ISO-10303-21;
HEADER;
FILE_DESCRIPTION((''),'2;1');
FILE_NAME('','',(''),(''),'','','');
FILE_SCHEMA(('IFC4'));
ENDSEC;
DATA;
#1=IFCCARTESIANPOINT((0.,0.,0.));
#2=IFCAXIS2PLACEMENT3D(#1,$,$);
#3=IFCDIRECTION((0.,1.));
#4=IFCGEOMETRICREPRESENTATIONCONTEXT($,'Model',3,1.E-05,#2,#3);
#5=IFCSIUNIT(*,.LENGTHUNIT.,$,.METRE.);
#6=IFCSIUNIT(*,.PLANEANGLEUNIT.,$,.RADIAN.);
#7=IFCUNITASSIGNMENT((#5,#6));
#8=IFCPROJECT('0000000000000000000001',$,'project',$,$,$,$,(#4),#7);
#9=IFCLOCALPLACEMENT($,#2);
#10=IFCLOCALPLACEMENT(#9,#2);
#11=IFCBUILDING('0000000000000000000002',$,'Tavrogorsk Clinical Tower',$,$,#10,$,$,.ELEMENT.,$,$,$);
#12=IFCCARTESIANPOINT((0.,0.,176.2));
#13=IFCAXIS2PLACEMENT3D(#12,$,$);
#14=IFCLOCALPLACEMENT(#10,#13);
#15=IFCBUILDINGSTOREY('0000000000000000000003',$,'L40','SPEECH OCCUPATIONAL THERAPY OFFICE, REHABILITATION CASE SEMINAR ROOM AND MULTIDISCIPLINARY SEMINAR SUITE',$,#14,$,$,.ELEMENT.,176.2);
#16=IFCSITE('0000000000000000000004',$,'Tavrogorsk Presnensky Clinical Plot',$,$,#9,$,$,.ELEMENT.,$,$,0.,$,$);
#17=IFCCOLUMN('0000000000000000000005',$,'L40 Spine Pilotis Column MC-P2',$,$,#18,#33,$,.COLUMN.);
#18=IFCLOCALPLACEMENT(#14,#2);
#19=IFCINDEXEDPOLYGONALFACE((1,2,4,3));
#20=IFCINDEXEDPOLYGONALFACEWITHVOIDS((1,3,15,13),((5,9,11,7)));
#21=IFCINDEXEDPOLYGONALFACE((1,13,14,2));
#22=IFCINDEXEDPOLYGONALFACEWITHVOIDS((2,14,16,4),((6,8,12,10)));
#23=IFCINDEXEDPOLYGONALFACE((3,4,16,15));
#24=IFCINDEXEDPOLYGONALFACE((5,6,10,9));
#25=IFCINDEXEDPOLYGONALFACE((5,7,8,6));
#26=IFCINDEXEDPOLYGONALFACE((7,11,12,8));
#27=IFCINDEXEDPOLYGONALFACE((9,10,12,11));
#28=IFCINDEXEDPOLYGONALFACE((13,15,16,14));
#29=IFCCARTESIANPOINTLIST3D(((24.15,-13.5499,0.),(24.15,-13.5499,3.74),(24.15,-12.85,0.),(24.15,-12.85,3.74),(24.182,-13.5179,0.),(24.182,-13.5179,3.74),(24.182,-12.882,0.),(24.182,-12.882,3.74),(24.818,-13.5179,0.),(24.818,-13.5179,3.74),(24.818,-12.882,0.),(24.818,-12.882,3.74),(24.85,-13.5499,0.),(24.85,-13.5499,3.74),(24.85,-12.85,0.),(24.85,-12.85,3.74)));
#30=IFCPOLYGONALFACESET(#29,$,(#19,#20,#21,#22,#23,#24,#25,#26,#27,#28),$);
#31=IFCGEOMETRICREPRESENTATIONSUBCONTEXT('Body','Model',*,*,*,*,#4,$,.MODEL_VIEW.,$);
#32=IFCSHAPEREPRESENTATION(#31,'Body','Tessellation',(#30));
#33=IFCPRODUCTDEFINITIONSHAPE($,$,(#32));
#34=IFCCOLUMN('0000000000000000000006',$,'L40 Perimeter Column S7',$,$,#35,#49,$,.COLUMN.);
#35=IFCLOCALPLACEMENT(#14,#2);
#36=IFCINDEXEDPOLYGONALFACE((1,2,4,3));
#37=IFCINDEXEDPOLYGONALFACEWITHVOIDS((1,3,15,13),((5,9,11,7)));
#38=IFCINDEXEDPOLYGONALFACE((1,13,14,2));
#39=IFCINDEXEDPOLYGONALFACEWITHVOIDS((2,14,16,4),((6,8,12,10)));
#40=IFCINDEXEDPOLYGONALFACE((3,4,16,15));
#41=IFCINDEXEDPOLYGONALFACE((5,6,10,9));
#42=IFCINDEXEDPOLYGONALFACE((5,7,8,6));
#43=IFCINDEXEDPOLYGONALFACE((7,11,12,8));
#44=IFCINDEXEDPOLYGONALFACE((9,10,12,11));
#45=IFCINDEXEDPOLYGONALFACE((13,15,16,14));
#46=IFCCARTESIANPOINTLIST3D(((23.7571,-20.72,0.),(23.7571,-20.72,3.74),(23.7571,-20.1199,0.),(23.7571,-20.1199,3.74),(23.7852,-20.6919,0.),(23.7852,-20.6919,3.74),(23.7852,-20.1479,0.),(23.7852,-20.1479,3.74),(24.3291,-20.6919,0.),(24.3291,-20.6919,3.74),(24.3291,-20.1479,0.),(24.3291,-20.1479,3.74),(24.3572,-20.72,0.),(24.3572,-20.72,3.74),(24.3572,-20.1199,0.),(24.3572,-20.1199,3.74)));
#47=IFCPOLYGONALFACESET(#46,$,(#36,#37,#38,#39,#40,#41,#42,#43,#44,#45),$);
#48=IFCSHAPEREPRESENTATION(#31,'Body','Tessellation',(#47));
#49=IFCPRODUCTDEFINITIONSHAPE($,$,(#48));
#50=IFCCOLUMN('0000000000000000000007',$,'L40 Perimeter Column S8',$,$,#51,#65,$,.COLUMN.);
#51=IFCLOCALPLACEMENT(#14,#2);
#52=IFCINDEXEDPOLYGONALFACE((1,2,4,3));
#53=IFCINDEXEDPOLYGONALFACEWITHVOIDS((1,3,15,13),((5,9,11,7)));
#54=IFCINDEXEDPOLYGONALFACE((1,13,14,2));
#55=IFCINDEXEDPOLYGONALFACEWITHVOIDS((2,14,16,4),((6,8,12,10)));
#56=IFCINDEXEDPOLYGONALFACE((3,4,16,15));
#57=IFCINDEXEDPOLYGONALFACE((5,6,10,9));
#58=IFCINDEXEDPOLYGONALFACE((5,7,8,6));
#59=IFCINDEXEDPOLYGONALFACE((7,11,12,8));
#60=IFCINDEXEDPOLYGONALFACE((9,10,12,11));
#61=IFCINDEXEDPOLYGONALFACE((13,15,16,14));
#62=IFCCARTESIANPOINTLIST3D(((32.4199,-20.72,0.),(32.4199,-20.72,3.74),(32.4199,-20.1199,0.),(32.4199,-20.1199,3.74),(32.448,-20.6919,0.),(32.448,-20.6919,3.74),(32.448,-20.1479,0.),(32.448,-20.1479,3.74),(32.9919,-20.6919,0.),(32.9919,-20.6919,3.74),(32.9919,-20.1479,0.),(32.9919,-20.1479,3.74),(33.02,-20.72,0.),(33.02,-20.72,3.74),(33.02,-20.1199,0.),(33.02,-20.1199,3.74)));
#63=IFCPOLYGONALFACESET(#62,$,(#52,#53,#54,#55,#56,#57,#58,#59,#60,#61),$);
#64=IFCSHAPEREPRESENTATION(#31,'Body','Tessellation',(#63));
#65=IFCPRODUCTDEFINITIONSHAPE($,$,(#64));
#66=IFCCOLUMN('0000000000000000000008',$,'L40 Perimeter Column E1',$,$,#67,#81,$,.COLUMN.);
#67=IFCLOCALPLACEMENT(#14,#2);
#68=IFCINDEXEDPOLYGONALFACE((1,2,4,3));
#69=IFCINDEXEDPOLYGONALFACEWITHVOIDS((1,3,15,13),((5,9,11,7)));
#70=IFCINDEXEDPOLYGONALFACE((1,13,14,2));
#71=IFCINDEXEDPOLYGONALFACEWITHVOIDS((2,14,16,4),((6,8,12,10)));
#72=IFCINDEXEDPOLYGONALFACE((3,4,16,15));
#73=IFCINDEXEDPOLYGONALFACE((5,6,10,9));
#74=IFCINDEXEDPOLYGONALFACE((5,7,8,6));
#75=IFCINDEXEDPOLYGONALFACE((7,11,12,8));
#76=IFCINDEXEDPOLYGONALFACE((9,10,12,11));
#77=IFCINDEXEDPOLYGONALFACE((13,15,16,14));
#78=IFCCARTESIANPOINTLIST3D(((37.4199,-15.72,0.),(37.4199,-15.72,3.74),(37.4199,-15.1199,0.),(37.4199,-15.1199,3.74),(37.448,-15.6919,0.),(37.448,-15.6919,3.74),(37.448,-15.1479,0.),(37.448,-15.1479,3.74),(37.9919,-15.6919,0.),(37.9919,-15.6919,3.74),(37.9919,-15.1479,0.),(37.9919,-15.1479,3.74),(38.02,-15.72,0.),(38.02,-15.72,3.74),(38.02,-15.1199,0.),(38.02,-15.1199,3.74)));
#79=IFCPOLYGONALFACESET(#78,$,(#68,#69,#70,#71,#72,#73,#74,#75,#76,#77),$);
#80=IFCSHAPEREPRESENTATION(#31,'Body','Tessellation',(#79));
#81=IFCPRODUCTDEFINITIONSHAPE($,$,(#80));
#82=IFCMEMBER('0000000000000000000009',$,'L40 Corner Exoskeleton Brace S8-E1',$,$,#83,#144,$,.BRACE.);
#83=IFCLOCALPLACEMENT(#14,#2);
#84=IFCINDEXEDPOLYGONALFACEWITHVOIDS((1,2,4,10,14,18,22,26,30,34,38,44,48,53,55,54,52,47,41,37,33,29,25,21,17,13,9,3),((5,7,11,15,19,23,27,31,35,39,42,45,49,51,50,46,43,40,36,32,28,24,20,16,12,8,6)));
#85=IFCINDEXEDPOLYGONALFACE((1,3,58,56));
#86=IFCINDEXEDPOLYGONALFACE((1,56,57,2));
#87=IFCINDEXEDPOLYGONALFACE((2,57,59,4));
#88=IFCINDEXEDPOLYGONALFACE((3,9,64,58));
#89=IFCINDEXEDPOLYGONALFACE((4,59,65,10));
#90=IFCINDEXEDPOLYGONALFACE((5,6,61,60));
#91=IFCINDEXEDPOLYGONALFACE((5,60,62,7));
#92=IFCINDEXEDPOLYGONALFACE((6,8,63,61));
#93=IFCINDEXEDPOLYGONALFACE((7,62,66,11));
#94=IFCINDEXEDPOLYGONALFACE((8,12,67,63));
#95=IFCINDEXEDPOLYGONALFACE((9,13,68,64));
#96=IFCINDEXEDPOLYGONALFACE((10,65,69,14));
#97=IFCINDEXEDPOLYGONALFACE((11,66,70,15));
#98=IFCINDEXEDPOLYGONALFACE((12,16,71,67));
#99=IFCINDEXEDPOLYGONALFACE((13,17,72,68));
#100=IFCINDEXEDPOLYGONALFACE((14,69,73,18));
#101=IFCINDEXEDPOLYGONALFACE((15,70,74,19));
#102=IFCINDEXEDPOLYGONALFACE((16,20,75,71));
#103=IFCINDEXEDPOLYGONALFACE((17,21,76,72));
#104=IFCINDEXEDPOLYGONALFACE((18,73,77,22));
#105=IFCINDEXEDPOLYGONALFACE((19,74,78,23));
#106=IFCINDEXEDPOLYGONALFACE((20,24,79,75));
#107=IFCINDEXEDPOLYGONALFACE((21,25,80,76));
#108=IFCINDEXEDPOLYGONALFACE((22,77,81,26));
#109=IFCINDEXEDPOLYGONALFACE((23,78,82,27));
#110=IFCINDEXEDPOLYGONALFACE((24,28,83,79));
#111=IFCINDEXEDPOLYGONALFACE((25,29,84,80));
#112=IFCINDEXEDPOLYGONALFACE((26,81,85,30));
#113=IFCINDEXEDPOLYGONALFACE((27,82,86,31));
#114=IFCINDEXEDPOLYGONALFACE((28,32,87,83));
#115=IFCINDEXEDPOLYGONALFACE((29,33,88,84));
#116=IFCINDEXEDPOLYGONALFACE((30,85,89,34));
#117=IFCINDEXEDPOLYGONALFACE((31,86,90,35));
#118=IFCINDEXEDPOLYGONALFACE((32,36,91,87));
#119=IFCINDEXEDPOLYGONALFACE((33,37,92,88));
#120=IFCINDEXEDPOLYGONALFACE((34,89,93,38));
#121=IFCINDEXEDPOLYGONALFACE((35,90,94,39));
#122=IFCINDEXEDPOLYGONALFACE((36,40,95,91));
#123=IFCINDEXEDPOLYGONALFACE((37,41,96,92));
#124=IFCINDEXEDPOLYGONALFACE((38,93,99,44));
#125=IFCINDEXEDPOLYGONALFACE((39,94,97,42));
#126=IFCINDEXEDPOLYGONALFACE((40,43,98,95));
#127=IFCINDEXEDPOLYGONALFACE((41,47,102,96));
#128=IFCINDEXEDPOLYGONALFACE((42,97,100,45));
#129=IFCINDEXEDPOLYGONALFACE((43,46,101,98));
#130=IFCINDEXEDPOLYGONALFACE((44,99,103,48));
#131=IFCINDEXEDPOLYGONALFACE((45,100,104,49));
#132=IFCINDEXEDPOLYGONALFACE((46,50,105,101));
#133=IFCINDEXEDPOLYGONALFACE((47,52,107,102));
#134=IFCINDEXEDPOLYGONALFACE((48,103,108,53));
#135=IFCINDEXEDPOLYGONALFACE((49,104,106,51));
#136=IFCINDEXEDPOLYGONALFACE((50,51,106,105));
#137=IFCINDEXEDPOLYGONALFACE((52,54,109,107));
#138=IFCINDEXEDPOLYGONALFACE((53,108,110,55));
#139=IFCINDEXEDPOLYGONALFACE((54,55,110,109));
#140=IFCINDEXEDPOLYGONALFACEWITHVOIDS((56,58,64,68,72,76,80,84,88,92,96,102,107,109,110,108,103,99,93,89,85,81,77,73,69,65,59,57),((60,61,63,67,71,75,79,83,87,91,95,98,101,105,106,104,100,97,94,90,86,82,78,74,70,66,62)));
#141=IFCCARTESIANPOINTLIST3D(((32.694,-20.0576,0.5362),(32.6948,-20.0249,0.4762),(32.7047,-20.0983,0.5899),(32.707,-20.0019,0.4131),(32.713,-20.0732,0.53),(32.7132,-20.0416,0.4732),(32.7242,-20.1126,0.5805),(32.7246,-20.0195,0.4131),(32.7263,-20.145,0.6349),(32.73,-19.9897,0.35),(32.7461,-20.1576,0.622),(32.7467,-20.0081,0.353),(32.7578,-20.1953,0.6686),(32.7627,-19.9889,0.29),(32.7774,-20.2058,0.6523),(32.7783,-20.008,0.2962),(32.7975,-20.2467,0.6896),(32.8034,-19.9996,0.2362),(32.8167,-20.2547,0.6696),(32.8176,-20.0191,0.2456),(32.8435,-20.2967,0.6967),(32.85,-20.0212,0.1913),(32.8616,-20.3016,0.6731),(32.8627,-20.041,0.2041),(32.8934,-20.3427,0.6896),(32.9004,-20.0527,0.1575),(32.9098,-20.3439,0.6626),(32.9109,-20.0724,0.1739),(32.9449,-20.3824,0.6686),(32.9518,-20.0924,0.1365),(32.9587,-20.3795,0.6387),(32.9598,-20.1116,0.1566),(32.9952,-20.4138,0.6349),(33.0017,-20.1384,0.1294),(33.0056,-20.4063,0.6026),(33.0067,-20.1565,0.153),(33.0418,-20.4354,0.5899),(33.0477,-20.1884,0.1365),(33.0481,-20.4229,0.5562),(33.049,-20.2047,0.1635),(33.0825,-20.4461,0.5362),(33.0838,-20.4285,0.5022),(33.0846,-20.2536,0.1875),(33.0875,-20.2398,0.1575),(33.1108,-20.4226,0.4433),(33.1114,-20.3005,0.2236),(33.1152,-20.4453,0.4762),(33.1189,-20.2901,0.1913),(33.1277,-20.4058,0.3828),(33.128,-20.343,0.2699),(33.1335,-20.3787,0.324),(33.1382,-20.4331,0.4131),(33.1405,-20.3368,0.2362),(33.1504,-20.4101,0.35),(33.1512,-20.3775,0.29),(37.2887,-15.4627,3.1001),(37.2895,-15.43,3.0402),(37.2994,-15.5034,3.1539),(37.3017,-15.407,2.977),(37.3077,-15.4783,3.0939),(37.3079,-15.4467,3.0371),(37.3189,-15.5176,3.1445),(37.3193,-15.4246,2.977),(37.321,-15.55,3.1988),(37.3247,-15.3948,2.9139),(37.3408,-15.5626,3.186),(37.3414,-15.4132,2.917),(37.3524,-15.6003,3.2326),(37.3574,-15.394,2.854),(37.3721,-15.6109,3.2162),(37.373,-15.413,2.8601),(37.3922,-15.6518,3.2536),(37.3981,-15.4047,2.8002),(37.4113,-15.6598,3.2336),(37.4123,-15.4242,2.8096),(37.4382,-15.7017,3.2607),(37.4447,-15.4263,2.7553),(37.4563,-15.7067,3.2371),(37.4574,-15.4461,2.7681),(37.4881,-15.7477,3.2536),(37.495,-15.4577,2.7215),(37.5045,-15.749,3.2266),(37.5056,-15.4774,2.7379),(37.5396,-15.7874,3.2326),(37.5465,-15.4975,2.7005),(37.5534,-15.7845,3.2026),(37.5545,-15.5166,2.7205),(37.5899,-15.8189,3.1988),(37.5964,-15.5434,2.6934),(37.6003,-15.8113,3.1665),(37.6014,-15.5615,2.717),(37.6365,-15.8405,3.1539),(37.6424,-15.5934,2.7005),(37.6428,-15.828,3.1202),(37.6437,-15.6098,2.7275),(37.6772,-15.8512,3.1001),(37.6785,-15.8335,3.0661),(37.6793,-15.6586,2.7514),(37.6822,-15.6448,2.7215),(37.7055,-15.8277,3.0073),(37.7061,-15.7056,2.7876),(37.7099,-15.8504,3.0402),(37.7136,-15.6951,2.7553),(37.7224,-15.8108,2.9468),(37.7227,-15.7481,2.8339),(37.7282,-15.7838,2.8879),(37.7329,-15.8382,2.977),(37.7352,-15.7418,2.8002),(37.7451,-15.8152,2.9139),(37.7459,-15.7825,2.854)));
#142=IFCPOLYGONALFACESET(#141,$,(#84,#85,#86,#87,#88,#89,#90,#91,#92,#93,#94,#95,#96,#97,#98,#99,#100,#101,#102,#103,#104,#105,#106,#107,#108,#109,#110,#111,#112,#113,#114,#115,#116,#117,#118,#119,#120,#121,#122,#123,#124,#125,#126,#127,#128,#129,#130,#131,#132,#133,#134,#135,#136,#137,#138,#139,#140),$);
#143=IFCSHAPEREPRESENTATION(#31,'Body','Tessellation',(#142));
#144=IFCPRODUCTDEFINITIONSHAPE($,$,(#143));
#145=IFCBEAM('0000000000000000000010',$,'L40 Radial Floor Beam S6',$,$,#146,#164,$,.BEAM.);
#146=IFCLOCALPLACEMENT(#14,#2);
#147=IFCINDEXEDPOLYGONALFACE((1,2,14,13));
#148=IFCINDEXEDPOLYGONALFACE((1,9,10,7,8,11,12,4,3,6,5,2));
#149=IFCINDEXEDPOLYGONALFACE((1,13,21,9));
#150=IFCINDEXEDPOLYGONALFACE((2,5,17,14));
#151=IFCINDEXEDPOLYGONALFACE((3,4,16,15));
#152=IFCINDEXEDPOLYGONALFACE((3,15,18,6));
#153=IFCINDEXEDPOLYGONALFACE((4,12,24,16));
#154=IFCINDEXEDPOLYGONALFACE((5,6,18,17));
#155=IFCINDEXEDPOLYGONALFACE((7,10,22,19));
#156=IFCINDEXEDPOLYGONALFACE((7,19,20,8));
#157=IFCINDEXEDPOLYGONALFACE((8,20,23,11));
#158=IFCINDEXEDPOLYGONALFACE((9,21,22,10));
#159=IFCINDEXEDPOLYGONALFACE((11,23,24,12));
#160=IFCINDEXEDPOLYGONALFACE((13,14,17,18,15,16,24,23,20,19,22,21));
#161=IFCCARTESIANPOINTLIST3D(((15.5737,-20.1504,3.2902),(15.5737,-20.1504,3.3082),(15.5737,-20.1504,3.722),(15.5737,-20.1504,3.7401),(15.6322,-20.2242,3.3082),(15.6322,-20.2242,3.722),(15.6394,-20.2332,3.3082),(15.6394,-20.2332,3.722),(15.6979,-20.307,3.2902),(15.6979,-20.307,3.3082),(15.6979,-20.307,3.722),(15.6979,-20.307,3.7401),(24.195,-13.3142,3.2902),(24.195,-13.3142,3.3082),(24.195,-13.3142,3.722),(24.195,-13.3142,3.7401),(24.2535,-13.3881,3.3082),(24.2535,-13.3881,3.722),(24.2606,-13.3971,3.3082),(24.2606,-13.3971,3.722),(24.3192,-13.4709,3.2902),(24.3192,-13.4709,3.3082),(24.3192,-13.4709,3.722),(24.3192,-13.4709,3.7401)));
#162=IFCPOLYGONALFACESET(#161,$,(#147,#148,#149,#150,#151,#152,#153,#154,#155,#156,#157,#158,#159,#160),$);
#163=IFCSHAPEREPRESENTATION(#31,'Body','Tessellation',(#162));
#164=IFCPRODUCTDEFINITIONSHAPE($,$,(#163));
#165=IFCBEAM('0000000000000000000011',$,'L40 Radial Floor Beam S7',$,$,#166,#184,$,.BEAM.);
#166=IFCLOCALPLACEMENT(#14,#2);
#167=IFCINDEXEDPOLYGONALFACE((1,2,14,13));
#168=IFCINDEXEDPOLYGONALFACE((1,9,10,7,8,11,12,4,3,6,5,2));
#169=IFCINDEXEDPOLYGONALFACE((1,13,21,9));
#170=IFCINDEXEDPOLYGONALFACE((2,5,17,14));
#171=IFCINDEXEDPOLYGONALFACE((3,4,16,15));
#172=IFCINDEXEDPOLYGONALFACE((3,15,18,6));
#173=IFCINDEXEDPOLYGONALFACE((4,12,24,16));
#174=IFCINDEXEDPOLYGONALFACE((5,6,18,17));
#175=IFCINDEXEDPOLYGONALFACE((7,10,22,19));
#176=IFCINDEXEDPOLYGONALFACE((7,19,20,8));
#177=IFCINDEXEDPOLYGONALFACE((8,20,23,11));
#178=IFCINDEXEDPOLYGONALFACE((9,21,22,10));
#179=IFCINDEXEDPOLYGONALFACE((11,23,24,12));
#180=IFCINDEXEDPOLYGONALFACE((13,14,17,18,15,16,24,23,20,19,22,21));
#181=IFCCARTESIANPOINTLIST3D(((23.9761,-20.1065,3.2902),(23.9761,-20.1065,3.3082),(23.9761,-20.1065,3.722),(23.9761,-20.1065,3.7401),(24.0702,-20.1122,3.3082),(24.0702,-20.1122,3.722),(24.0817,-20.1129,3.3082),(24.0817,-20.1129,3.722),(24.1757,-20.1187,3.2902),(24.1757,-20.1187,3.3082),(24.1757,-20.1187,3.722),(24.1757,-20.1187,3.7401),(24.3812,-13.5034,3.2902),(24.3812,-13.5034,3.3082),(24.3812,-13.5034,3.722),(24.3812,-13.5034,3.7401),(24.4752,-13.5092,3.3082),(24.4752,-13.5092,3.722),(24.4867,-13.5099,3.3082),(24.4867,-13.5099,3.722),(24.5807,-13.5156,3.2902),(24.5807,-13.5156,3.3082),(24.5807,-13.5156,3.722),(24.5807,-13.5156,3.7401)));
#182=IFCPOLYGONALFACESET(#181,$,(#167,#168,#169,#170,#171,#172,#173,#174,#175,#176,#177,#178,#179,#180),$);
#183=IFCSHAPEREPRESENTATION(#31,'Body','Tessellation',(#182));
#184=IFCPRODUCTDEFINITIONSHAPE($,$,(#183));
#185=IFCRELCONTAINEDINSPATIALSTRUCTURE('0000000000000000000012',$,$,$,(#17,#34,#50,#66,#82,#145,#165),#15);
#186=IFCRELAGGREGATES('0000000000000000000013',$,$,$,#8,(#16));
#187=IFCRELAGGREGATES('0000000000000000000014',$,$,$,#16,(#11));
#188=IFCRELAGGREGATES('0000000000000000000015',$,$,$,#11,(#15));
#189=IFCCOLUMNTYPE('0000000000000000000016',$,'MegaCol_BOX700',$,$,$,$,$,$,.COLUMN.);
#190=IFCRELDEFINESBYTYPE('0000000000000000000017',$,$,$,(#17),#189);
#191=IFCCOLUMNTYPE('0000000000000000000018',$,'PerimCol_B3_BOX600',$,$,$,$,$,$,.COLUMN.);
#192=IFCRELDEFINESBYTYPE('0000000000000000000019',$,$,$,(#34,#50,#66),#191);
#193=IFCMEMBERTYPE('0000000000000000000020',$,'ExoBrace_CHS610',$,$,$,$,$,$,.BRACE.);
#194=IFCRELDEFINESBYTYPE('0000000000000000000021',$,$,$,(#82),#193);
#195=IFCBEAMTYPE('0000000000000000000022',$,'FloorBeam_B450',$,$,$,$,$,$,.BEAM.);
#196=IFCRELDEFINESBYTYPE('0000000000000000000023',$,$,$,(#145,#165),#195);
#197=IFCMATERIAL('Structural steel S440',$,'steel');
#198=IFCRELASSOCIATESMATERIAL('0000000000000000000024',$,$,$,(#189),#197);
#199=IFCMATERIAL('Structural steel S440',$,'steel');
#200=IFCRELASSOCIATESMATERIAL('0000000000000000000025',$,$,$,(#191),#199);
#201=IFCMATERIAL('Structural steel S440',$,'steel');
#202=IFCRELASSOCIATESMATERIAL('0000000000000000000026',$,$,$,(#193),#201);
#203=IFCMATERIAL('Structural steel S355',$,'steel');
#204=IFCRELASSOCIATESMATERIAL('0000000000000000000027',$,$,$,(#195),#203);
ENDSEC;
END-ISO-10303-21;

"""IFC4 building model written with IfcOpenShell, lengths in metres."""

from ifc_helpers import new_model, si_unit, direction, frame, origin, origin_2d, place, context, subcontext, project, spatial, hollow_rectangle, hollow_circle, i_section, extrude, material, material_profile, profile_set, type_object, element, save


model = new_model("IFC4")

# Units and contexts
model_context = context("Model", 3, precision=1e-05, world=origin(), true_north=direction((0.0, 1.0)))
body_context = subcontext(model_context, "Body", "Model", "MODEL_VIEW")
ifc_project = project(units=[si_unit("LENGTHUNIT", "METRE"), si_unit("PLANEANGLEUNIT", "RADIAN")], contexts=[model_context])

# Site, building, storey
site_placement = place(None, origin())
site = spatial("IfcSite", under=ifc_project, at=site_placement, Name="Tavrogorsk Presnensky Clinical Plot", CompositionType="ELEMENT", RefElevation=0.0)
building_placement = place(site_placement, origin())
building = spatial("IfcBuilding", under=site, at=building_placement, Name="Tavrogorsk Clinical Tower", CompositionType="ELEMENT")
storey_placement = place(building_placement, frame((0.0, 0.0, 176.2)))
storey = spatial("IfcBuildingStorey", under=building, at=storey_placement, Name="L40", Description="SPEECH OCCUPATIONAL THERAPY OFFICE, REHABILITATION CASE SEMINAR ROOM AND MULTIDISCIPLINARY SEMINAR SUITE", CompositionType="ELEMENT", Elevation=176.2)

# Columns
ifc_material_1 = material(Name="Structural steel S440", Category="steel")
ifc_material_profile_1 = material_profile(ifc_material_1, hollow_rectangle(XDim=0.7, YDim=0.7, WallThickness=0.032, at=origin_2d()), Name="BOX-700x700x32")
ifc_profile_set_1 = profile_set([ifc_material_profile_1], Name="Structural steel S440")
column_type_1 = type_object("IfcColumnType", Name="MegaCol_BOX700", PredefinedType="COLUMN", material=ifc_profile_set_1)
column_placement = place(storey_placement, frame((24.5, -13.2, 0.0), z_axis=(0.0, 0.0, 1.0), x_axis=(1.0, 0.0, 0.0)))
element("IfcColumn", 1, at=column_placement, inside=storey, type_object=column_type_1, Name="L40 Spine Pilotis Column MC-P2", PredefinedType="COLUMN", context=body_context, shape_type="SweptSolid", body=[
    extrude(hollow_rectangle(XDim=0.7, YDim=0.7, WallThickness=0.032, at=origin_2d()), origin(), (0.0, 0.0, 1.0), 3.74),
])
ifc_material_2 = material(Name="Structural steel S440", Category="steel")
ifc_material_profile_2 = material_profile(ifc_material_2, hollow_rectangle(XDim=0.6001, YDim=0.6001, WallThickness=0.0281, at=origin_2d()), Name="BOX-600x600x28")
ifc_profile_set_2 = profile_set([ifc_material_profile_2], Name="Structural steel S440")
column_type_2 = type_object("IfcColumnType", Name="PerimCol_B3_BOX600", PredefinedType="COLUMN", material=ifc_profile_set_2)
for number, where, z_axis, x_axis, name in (
    (2, (24.0571, -20.4199, 0.0), (0.0, 0.0, 1.0), (1.0, 0.0, 0.0), "L40 Perimeter Column S7"),
    (3, (32.72, -20.4199, 0.0), (0.0, 0.0, 1.0), (1.0, 0.0, 0.0), "L40 Perimeter Column S8"),
    (4, (37.72, -15.4199, 0.0), (0.0, 0.0, 1.0), (1.0, 0.0, 0.0), "L40 Perimeter Column E1"),
):
    element("IfcColumn", number, at=place(storey_placement, frame(where, z_axis=z_axis, x_axis=x_axis)), inside=storey, type_object=column_type_2, Name=name, PredefinedType="COLUMN", context=body_context, shape_type="SweptSolid", body=[
        extrude(hollow_rectangle(XDim=0.6001, YDim=0.6001, WallThickness=0.0281, at=origin_2d()), origin(), (0.0, 0.0, 1.0), 3.74),
    ])

# Member
ifc_material_3 = material(Name="Structural steel S440", Category="steel")
ifc_material_profile_3 = material_profile(ifc_material_3, hollow_circle(Radius=0.3049, WallThickness=0.0249, at=origin_2d()), Name="CHS-610x25")
ifc_profile_set_3 = profile_set([ifc_material_profile_3], Name="Structural steel S440")
member_type = type_object("IfcMemberType", Name="ExoBrace_CHS610", PredefinedType="BRACE", material=ifc_profile_set_3)
member_placement = place(storey_placement, frame((32.9226, -20.2175, 0.4131), z_axis=(0.657739, 0.657774, 0.367034), x_axis=(-0.707126, 0.707088, 0.0)))
element("IfcMember", 5, at=member_placement, inside=storey, type_object=member_type, Name="L40 Corner Exoskeleton Brace S8-E1", PredefinedType="BRACE", context=body_context, shape_type="SweptSolid", body=[
    extrude(hollow_circle(Radius=0.3049, WallThickness=0.0249, at=origin_2d()), origin(), (0.0, 0.0, 1.0), 6.9856),
])

# Beams
ifc_material_4 = material(Name="Structural steel S355", Category="steel")
ifc_material_profile_4 = material_profile(ifc_material_4, i_section(OverallWidth=0.2, OverallDepth=0.45, WebThickness=0.0115, FlangeThickness=0.0181, at=origin_2d()), Name="B-450x200x11.5x18")
ifc_profile_set_4 = profile_set([ifc_material_profile_4], Name="Structural steel S355")
beam_type_1 = type_object("IfcBeamType", Name="FloorBeam_B450", PredefinedType="BEAM", material=ifc_profile_set_4)
beam_1_placement = place(storey_placement, frame((24.2571, -13.3926, 3.5151), z_axis=(-0.783561, -0.621315, 0.0), x_axis=(0.621315, -0.783561, 0.0)))
element("IfcBeam", 6, at=beam_1_placement, inside=storey, type_object=beam_type_1, Name="L40 Radial Floor Beam S6", PredefinedType="BEAM", context=body_context, shape_type="SweptSolid", body=[
    extrude(i_section(OverallWidth=0.2, OverallDepth=0.45, WebThickness=0.0115, FlangeThickness=0.0181, at=origin_2d()), origin(), (0.0, 0.0, 1.0), 11.0027),
])
beam_2_placement = place(storey_placement, frame((24.481, -13.5095, 3.5151), z_axis=(-0.061225, -0.998124, 0.0), x_axis=(0.998124, -0.061225, 0.0)))
element("IfcBeam", 7, at=beam_2_placement, inside=storey, type_object=beam_type_1, Name="L40 Radial Floor Beam S7", PredefinedType="BEAM", context=body_context, shape_type="SweptSolid", body=[
    extrude(i_section(OverallWidth=0.2, OverallDepth=0.45, WebThickness=0.0115, FlangeThickness=0.0181, at=origin_2d()), origin(), (0.0, 0.0, 1.0), 6.6155),
])

save(model, "model.ifc")
